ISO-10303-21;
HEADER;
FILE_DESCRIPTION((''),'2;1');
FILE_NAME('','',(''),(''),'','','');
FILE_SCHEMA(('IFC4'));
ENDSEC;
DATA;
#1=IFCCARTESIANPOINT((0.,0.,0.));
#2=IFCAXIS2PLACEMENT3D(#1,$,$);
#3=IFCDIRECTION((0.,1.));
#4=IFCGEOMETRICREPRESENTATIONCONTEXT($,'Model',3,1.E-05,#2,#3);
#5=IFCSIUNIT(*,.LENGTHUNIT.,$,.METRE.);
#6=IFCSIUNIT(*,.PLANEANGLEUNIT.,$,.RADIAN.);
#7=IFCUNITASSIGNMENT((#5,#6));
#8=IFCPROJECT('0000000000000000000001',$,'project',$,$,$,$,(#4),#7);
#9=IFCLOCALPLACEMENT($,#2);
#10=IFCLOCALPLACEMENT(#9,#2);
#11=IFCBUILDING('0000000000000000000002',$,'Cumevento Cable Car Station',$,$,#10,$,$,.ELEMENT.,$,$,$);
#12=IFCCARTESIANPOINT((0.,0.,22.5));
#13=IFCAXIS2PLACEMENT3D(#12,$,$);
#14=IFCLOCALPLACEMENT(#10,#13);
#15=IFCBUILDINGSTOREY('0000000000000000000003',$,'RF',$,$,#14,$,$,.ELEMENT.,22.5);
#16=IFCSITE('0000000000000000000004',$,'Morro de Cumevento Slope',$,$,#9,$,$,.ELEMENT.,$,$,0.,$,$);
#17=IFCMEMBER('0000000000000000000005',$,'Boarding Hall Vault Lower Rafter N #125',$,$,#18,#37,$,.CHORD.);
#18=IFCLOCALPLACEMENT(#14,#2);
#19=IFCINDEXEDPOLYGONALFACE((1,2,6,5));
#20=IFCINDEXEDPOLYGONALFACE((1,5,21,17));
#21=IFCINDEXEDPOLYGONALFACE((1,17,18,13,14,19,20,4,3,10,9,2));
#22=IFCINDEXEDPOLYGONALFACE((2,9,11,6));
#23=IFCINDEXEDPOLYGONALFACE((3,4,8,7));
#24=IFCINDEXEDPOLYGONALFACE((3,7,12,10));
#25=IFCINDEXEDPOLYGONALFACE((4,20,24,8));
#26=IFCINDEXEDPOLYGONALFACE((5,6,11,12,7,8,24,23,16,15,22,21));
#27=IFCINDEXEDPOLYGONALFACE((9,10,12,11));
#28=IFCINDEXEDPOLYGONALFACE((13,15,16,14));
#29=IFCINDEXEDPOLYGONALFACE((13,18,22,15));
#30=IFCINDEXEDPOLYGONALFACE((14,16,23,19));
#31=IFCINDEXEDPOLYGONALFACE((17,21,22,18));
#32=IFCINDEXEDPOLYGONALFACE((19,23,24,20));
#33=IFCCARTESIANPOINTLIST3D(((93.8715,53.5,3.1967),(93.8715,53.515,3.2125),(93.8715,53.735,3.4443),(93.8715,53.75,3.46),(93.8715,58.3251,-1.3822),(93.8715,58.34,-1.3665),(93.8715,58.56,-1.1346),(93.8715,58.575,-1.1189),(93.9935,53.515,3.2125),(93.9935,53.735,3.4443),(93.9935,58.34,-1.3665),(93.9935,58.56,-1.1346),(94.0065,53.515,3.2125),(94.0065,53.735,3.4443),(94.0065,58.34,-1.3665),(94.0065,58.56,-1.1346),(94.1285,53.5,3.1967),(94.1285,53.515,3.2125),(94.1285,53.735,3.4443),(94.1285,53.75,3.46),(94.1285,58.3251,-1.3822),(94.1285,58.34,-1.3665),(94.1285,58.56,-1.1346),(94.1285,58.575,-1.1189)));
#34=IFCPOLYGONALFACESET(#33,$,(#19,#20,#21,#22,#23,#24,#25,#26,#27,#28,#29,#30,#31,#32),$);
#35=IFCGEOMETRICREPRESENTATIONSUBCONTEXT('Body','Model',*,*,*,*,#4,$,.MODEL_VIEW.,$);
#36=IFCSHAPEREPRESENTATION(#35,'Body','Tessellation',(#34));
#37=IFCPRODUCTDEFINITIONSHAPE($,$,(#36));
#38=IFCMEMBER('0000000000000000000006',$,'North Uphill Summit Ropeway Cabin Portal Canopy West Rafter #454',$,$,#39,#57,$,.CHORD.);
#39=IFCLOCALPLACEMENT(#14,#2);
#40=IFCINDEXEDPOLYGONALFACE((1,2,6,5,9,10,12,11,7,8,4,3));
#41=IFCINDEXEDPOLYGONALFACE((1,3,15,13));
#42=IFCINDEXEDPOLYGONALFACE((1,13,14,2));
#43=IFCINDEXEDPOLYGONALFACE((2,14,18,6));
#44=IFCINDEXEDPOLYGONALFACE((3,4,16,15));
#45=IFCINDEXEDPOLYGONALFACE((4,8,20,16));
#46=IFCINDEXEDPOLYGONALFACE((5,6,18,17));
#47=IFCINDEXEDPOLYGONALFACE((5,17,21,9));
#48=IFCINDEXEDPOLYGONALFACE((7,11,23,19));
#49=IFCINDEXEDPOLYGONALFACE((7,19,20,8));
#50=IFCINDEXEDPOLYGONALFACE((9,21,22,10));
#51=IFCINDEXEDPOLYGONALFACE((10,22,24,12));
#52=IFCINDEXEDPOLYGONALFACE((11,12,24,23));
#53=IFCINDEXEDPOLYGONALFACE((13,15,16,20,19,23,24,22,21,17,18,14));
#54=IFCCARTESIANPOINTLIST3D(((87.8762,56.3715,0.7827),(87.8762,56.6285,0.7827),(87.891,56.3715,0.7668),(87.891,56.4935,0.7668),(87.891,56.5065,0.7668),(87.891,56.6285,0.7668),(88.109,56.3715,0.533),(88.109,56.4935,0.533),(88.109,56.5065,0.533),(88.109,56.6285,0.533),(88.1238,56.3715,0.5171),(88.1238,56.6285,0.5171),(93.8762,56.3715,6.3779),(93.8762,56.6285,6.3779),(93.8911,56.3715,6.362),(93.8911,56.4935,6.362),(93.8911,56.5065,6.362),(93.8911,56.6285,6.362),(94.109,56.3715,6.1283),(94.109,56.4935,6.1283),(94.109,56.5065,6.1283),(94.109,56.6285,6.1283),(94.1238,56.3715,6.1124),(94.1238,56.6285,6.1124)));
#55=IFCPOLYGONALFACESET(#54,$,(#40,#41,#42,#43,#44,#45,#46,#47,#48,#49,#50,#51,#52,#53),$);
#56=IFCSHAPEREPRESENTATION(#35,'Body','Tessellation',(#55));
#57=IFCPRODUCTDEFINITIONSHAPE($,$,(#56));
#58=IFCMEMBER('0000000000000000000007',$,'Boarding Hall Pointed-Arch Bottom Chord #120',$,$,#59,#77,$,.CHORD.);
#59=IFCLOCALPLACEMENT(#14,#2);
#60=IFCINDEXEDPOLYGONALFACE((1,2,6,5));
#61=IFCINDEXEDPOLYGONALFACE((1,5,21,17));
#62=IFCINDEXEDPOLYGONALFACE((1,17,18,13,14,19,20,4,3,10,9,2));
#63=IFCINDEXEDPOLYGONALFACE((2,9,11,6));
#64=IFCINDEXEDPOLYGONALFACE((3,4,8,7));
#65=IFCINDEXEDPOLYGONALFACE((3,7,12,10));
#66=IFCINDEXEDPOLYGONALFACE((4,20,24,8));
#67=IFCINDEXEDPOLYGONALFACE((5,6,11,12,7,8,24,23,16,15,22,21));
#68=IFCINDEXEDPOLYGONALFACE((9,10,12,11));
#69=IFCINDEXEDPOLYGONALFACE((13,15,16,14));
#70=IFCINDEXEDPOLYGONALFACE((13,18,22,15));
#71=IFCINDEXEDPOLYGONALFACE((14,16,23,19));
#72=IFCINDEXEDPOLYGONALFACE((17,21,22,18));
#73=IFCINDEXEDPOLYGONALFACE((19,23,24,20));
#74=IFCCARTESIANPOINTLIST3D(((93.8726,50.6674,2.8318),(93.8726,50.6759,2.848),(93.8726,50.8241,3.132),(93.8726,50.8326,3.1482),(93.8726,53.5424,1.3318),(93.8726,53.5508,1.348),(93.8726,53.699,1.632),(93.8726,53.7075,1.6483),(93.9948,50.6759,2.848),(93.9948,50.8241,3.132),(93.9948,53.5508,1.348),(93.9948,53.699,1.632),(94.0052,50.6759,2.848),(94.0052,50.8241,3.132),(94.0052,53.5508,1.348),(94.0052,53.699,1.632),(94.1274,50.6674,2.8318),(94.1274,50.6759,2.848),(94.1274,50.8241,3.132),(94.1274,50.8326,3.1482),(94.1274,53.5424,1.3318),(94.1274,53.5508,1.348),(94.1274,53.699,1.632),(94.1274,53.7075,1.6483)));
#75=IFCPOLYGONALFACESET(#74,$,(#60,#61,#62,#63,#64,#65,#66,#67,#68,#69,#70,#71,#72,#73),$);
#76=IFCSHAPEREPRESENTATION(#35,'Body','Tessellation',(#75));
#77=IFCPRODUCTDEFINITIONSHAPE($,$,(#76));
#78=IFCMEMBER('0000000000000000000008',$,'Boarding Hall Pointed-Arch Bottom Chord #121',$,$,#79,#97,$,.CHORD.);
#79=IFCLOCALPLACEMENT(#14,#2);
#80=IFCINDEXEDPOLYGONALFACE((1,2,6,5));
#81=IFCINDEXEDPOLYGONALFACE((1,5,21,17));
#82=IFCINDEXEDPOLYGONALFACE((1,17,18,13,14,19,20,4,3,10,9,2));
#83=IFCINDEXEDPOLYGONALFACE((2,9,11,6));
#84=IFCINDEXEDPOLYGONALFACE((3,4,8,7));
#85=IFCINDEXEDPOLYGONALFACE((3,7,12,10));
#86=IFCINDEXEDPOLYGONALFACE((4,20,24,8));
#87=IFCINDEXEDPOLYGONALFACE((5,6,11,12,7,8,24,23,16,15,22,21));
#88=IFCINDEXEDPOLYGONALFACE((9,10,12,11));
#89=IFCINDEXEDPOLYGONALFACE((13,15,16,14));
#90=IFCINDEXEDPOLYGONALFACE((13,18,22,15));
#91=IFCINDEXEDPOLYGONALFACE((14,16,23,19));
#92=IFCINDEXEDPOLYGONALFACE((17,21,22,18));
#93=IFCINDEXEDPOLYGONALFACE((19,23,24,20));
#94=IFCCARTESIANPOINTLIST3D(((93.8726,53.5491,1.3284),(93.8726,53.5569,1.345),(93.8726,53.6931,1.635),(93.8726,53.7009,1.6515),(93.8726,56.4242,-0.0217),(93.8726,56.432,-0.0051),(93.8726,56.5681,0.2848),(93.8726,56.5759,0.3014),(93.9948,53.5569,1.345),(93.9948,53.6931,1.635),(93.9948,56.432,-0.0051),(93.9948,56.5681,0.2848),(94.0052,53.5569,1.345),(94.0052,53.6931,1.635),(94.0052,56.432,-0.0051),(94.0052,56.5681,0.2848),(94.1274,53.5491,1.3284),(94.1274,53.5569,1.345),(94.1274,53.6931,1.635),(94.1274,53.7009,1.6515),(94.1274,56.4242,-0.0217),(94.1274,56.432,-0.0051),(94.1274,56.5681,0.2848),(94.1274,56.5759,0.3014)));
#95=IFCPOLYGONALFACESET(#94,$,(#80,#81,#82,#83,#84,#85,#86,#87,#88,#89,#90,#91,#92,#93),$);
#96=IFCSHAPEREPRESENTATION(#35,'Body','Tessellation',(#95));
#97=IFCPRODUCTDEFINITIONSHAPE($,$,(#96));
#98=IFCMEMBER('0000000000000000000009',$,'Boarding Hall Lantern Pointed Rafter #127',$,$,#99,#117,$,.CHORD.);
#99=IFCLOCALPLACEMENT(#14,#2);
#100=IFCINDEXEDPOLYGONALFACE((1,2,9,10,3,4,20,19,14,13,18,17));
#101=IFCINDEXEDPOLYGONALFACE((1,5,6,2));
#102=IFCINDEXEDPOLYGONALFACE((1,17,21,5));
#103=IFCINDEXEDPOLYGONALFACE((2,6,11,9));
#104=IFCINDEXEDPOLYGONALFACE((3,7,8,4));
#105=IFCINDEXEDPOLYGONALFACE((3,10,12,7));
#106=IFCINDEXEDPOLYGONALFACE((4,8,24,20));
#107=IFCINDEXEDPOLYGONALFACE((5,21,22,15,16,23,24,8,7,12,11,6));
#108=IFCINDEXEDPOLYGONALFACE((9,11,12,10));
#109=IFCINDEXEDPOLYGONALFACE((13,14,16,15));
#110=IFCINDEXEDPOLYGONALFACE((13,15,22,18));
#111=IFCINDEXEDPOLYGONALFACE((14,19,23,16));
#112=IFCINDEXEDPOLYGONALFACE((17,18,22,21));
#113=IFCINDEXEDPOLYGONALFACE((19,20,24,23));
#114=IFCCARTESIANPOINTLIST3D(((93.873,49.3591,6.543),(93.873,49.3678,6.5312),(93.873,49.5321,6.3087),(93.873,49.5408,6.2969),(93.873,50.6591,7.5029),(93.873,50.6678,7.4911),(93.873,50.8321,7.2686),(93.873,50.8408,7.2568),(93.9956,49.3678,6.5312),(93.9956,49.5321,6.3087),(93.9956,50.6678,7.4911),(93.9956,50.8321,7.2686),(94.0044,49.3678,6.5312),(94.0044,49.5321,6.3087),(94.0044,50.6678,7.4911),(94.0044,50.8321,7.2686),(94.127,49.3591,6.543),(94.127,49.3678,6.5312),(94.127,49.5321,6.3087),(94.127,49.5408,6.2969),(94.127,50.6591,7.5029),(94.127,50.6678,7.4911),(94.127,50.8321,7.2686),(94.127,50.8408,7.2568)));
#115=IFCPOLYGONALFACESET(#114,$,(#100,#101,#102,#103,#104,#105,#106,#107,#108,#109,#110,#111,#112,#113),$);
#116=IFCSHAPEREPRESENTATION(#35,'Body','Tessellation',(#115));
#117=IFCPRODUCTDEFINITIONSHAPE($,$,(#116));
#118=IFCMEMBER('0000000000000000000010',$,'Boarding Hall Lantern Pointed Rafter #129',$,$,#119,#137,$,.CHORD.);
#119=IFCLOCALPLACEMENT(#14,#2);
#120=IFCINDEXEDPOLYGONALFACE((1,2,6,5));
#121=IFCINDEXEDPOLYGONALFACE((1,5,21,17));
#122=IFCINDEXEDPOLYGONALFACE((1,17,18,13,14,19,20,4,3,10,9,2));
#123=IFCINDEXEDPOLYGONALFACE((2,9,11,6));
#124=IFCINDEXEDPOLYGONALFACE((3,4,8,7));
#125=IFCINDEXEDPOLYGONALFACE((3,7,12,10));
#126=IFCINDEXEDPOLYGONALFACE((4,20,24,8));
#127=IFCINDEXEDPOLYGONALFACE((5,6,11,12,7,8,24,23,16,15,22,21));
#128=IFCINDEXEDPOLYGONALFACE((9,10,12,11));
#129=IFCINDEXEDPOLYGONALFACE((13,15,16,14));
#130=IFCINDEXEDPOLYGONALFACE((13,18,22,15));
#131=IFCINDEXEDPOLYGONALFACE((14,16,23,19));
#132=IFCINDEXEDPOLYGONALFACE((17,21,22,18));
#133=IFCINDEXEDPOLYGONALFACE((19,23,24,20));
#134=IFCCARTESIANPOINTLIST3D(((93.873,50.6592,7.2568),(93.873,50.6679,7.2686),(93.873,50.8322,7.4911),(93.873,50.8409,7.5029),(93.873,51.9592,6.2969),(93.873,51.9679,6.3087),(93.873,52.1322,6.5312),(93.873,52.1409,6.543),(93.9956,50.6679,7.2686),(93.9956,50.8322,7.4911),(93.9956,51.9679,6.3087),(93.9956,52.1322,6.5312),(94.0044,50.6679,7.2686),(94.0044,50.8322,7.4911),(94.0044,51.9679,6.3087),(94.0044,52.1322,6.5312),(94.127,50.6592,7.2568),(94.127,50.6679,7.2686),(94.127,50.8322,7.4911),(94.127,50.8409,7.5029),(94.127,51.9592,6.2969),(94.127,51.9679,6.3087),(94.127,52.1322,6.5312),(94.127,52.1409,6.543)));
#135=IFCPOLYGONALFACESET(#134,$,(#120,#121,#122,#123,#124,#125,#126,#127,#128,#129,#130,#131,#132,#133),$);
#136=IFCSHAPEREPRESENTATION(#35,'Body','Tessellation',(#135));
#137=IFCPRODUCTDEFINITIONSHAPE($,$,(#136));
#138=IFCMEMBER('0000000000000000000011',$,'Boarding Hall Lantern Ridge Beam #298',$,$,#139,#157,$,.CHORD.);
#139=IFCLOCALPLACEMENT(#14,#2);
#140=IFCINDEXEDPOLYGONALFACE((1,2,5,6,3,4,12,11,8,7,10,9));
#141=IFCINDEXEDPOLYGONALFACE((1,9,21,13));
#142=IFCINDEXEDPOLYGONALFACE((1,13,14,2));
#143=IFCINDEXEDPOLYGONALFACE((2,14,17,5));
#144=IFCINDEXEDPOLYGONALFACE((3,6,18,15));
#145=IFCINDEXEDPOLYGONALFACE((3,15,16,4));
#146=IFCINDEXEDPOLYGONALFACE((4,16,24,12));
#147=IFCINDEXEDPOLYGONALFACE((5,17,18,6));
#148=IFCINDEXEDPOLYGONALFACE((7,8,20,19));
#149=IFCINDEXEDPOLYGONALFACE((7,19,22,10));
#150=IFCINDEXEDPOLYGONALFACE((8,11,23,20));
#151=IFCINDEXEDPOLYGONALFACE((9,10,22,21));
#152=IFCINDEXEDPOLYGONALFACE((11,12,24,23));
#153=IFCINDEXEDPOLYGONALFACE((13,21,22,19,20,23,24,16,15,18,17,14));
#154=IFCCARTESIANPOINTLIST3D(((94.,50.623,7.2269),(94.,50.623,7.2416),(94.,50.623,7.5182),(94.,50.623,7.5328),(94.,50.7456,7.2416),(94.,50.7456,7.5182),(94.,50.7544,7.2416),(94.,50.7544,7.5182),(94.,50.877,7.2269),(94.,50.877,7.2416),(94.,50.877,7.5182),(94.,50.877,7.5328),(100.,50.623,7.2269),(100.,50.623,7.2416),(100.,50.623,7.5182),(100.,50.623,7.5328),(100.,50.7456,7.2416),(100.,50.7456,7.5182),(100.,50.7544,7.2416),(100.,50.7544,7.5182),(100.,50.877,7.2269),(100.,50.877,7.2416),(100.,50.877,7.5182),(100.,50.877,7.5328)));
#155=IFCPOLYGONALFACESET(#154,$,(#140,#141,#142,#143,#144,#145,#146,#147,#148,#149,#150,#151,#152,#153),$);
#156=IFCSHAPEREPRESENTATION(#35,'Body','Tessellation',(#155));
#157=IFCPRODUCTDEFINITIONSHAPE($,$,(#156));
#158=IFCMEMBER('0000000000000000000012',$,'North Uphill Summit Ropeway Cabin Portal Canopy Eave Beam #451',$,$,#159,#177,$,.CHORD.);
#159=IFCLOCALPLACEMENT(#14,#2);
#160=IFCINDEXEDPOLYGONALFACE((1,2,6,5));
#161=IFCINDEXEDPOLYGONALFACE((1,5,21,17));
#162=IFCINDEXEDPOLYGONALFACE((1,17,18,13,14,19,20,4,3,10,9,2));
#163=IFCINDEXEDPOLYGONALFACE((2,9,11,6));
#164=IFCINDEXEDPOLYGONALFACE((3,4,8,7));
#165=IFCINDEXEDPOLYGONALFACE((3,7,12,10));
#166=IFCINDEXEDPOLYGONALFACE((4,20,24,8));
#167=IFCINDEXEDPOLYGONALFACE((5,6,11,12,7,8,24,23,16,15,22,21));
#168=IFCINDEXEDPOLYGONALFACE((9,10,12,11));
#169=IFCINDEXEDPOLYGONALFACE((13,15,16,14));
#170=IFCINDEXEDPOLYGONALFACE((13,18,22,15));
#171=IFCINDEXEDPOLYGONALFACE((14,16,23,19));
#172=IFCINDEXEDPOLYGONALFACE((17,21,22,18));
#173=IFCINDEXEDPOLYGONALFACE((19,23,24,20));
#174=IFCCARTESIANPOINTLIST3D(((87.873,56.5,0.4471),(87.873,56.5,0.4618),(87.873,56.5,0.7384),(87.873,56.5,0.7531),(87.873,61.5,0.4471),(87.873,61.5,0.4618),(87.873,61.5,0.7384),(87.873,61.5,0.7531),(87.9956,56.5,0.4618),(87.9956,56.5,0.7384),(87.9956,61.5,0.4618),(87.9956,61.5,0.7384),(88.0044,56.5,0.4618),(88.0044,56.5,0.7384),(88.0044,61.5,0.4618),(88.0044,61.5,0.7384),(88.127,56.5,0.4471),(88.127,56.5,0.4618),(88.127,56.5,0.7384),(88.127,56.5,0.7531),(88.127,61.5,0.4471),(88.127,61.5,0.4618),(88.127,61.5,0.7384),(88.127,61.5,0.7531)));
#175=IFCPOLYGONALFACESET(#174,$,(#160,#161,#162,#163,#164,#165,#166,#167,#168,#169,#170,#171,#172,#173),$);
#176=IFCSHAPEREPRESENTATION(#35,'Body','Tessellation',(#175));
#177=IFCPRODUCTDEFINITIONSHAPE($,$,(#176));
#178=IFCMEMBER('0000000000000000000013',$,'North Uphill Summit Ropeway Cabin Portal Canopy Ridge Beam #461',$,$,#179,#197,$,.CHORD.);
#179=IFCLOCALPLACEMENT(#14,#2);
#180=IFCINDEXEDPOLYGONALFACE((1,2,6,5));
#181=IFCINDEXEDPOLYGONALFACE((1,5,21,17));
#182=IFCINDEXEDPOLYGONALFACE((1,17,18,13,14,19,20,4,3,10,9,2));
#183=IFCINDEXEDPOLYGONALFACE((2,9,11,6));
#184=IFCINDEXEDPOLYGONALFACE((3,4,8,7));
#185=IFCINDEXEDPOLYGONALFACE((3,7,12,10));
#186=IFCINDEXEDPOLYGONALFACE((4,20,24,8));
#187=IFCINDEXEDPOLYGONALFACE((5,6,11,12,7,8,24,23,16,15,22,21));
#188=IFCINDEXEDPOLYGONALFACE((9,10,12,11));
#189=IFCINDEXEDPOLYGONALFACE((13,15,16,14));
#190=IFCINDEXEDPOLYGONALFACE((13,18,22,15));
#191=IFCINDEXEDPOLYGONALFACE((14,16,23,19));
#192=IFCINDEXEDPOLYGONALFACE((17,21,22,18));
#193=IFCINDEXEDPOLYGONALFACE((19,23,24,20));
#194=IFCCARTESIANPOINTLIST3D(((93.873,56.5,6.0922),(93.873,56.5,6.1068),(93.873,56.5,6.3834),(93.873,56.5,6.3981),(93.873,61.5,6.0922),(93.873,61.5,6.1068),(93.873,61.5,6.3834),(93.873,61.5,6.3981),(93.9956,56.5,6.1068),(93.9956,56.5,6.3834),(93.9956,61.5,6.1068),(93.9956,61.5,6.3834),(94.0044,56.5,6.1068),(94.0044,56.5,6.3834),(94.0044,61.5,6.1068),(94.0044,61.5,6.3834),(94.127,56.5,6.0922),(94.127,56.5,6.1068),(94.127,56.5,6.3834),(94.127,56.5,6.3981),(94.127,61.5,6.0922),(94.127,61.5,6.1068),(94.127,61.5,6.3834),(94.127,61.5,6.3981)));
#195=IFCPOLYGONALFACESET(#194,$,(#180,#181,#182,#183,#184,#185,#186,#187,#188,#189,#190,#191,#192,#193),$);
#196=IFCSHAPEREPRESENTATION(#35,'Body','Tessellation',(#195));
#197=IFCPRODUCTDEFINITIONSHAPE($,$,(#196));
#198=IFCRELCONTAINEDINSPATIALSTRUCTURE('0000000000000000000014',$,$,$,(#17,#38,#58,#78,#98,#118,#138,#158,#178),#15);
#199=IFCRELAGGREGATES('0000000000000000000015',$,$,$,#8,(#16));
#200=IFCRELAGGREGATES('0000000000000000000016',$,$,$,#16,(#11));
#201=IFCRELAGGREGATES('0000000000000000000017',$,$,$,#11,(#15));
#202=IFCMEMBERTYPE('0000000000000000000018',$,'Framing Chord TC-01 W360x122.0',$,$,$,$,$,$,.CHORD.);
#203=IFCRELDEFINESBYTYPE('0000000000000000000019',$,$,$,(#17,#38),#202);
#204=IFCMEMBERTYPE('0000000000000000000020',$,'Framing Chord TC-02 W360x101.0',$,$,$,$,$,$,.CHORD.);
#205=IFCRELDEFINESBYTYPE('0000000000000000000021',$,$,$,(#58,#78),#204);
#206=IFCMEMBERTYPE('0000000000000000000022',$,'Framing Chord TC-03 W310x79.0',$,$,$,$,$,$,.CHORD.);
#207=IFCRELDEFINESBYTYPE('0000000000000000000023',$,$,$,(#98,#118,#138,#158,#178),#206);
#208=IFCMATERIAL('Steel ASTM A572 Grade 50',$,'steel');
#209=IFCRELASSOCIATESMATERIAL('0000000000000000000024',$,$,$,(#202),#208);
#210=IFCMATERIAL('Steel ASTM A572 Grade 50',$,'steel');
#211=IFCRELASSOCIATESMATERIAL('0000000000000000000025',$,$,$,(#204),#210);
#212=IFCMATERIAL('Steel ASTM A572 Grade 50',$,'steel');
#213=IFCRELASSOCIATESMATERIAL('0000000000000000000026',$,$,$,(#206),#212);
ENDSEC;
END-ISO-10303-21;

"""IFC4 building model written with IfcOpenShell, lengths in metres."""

from ifc_helpers import new_model, si_unit, direction, frame, origin, origin_2d, place, context, subcontext, project, spatial, i_section, extrude, material, material_profile, profile_set, type_object, element, save


model = new_model("IFC4")

# Units and contexts
model_context = context("Model", 3, precision=1e-05, world=origin(), true_north=direction((0.0, 1.0)))
body_context = subcontext(model_context, "Body", "Model", "MODEL_VIEW")
ifc_project = project(units=[si_unit("LENGTHUNIT", "METRE"), si_unit("PLANEANGLEUNIT", "RADIAN")], contexts=[model_context])

# Site, building, storey
site_placement = place(None, origin())
site = spatial("IfcSite", under=ifc_project, at=site_placement, Name="Morro de Cumevento Slope", CompositionType="ELEMENT", RefElevation=0.0)
building_placement = place(site_placement, origin())
building = spatial("IfcBuilding", under=site, at=building_placement, Name="Cumevento Cable Car Station", CompositionType="ELEMENT")
storey_placement = place(building_placement, frame((0.0, 0.0, 22.5)))
storey = spatial("IfcBuildingStorey", under=building, at=storey_placement, Name="RF", CompositionType="ELEMENT", Elevation=22.5)

# Members
ifc_material_1 = material(Name="Steel ASTM A572 Grade 50", Category="steel")
ifc_material_profile_1 = material_profile(ifc_material_1, i_section(OverallWidth=0.2571, OverallDepth=0.363, WebThickness=0.0129, FlangeThickness=0.0217, at=origin_2d()), Name="W360x122.0")
ifc_profile_set_1 = profile_set([ifc_material_profile_1], Name="Steel ASTM A572 Grade 50")
member_type_1 = type_object("IfcMemberType", Name="Framing Chord TC-01 W360x122.0", PredefinedType="CHORD", material=ifc_profile_set_1)
member_1_placement = place(storey_placement, frame((94.0, 53.625, 3.3284), z_axis=(0.0, 0.725363, -0.688366), x_axis=(-1.0, 0.0, 0.0)))
element("IfcMember", 1, at=member_1_placement, inside=storey, type_object=member_type_1, Name="Boarding Hall Vault Lower Rafter N #125", PredefinedType="CHORD", context=body_context, shape_type="SweptSolid", body=[
    extrude(i_section(OverallWidth=0.2571, OverallDepth=0.363, WebThickness=0.0129, FlangeThickness=0.0217, at=origin_2d()), origin(), (0.0, 0.0, 1.0), 6.6519),
])
member_2_placement = place(storey_placement, frame((88.0, 56.5, 0.6499), z_axis=(0.731346, 0.0, 0.682006), x_axis=(0.0, 1.0, 0.0)))
element("IfcMember", 2, at=member_2_placement, inside=storey, type_object=member_type_1, Name="North Uphill Summit Ropeway Cabin Portal Canopy West Rafter #454", PredefinedType="CHORD", context=body_context, shape_type="SweptSolid", body=[
    extrude(i_section(OverallWidth=0.2571, OverallDepth=0.363, WebThickness=0.0129, FlangeThickness=0.0217, at=origin_2d()), origin(), (0.0, 0.0, 1.0), 8.2041),
])
ifc_material_2 = material(Name="Steel ASTM A572 Grade 50", Category="steel")
ifc_material_profile_2 = material_profile(ifc_material_2, i_section(OverallWidth=0.2549, OverallDepth=0.3569, WebThickness=0.0105, FlangeThickness=0.0183, at=origin_2d()), Name="W360x101.0")
ifc_profile_set_2 = profile_set([ifc_material_profile_2], Name="Steel ASTM A572 Grade 50")
member_type_2 = type_object("IfcMemberType", Name="Framing Chord TC-02 W360x101.0", PredefinedType="CHORD", material=ifc_profile_set_2)
member_3_placement = place(storey_placement, frame((94.0, 50.75, 2.99), z_axis=(0.0, 0.886585, -0.462566), x_axis=(-1.0, 0.0, 0.0)))
element("IfcMember", 3, at=member_3_placement, inside=storey, type_object=member_type_2, Name="Boarding Hall Pointed-Arch Bottom Chord #120", PredefinedType="CHORD", context=body_context, shape_type="SweptSolid", body=[
    extrude(i_section(OverallWidth=0.2549, OverallDepth=0.3569, WebThickness=0.0105, FlangeThickness=0.0183, at=origin_2d()), origin(), (0.0, 0.0, 1.0), 3.2427),
])
member_4_placement = place(storey_placement, frame((94.0, 53.625, 1.49), z_axis=(0.0, 0.905163, -0.425064), x_axis=(-1.0, 0.0, 0.0)))
element("IfcMember", 4, at=member_4_placement, inside=storey, type_object=member_type_2, Name="Boarding Hall Pointed-Arch Bottom Chord #121", PredefinedType="CHORD", context=body_context, shape_type="SweptSolid", body=[
    extrude(i_section(OverallWidth=0.2549, OverallDepth=0.3569, WebThickness=0.0105, FlangeThickness=0.0183, at=origin_2d()), origin(), (0.0, 0.0, 1.0), 3.1763),
])
ifc_material_3 = material(Name="Steel ASTM A572 Grade 50", Category="steel")
ifc_material_profile_3 = material_profile(ifc_material_3, i_section(OverallWidth=0.2539, OverallDepth=0.3059, WebThickness=0.0088, FlangeThickness=0.0146, at=origin_2d()), Name="W310x79.0")
ifc_profile_set_3 = profile_set([ifc_material_profile_3], Name="Steel ASTM A572 Grade 50")
member_type_3 = type_object("IfcMemberType", Name="Framing Chord TC-03 W310x79.0", PredefinedType="CHORD", material=ifc_profile_set_3)
for number, where, z_axis, x_axis, name in (
    (5, (94.0, 49.45, 6.4199), (0.0, 0.804455, 0.594013), (-1.0, 0.0, 0.0), "Boarding Hall Lantern Pointed Rafter #127"),
    (6, (94.0, 52.05, 6.4199), (0.0, -0.804455, 0.594013), (1.0, 0.0, 0.0), "Boarding Hall Lantern Pointed Rafter #129"),
):
    element("IfcMember", number, at=place(storey_placement, frame(where, z_axis=z_axis, x_axis=x_axis)), inside=storey, type_object=member_type_3, Name=name, PredefinedType="CHORD", context=body_context, shape_type="SweptSolid", body=[
        extrude(i_section(OverallWidth=0.2539, OverallDepth=0.3059, WebThickness=0.0088, FlangeThickness=0.0146, at=origin_2d()), origin(), (0.0, 0.0, 1.0), 1.616),
    ])
member_5_placement = place(storey_placement, frame((94.0, 50.75, 7.3799), z_axis=(1.0, 0.0, 0.0), x_axis=(0.0, 1.0, 0.0)))
element("IfcMember", 7, at=member_5_placement, inside=storey, type_object=member_type_3, Name="Boarding Hall Lantern Ridge Beam #298", PredefinedType="CHORD", context=body_context, shape_type="SweptSolid", body=[
    extrude(i_section(OverallWidth=0.2539, OverallDepth=0.3059, WebThickness=0.0088, FlangeThickness=0.0146, at=origin_2d()), origin(), (0.0, 0.0, 1.0), 6.0),
])
for number, where, z_axis, x_axis, name in (
    (8, (88.0, 56.5, 0.6001), (0.0, 1.0, 0.0), (-1.0, 0.0, 0.0), "North Uphill Summit Ropeway Cabin Portal Canopy Eave Beam #451"),
    (9, (94.0, 56.5, 6.2451), (0.0, 1.0, 0.0), (-1.0, 0.0, 0.0), "North Uphill Summit Ropeway Cabin Portal Canopy Ridge Beam #461"),
):
    element("IfcMember", number, at=place(storey_placement, frame(where, z_axis=z_axis, x_axis=x_axis)), inside=storey, type_object=member_type_3, Name=name, PredefinedType="CHORD", context=body_context, shape_type="SweptSolid", body=[
        extrude(i_section(OverallWidth=0.2539, OverallDepth=0.3059, WebThickness=0.0088, FlangeThickness=0.0146, at=origin_2d()), origin(), (0.0, 0.0, 1.0), 5.0),
    ])

save(model, "model.ifc")
